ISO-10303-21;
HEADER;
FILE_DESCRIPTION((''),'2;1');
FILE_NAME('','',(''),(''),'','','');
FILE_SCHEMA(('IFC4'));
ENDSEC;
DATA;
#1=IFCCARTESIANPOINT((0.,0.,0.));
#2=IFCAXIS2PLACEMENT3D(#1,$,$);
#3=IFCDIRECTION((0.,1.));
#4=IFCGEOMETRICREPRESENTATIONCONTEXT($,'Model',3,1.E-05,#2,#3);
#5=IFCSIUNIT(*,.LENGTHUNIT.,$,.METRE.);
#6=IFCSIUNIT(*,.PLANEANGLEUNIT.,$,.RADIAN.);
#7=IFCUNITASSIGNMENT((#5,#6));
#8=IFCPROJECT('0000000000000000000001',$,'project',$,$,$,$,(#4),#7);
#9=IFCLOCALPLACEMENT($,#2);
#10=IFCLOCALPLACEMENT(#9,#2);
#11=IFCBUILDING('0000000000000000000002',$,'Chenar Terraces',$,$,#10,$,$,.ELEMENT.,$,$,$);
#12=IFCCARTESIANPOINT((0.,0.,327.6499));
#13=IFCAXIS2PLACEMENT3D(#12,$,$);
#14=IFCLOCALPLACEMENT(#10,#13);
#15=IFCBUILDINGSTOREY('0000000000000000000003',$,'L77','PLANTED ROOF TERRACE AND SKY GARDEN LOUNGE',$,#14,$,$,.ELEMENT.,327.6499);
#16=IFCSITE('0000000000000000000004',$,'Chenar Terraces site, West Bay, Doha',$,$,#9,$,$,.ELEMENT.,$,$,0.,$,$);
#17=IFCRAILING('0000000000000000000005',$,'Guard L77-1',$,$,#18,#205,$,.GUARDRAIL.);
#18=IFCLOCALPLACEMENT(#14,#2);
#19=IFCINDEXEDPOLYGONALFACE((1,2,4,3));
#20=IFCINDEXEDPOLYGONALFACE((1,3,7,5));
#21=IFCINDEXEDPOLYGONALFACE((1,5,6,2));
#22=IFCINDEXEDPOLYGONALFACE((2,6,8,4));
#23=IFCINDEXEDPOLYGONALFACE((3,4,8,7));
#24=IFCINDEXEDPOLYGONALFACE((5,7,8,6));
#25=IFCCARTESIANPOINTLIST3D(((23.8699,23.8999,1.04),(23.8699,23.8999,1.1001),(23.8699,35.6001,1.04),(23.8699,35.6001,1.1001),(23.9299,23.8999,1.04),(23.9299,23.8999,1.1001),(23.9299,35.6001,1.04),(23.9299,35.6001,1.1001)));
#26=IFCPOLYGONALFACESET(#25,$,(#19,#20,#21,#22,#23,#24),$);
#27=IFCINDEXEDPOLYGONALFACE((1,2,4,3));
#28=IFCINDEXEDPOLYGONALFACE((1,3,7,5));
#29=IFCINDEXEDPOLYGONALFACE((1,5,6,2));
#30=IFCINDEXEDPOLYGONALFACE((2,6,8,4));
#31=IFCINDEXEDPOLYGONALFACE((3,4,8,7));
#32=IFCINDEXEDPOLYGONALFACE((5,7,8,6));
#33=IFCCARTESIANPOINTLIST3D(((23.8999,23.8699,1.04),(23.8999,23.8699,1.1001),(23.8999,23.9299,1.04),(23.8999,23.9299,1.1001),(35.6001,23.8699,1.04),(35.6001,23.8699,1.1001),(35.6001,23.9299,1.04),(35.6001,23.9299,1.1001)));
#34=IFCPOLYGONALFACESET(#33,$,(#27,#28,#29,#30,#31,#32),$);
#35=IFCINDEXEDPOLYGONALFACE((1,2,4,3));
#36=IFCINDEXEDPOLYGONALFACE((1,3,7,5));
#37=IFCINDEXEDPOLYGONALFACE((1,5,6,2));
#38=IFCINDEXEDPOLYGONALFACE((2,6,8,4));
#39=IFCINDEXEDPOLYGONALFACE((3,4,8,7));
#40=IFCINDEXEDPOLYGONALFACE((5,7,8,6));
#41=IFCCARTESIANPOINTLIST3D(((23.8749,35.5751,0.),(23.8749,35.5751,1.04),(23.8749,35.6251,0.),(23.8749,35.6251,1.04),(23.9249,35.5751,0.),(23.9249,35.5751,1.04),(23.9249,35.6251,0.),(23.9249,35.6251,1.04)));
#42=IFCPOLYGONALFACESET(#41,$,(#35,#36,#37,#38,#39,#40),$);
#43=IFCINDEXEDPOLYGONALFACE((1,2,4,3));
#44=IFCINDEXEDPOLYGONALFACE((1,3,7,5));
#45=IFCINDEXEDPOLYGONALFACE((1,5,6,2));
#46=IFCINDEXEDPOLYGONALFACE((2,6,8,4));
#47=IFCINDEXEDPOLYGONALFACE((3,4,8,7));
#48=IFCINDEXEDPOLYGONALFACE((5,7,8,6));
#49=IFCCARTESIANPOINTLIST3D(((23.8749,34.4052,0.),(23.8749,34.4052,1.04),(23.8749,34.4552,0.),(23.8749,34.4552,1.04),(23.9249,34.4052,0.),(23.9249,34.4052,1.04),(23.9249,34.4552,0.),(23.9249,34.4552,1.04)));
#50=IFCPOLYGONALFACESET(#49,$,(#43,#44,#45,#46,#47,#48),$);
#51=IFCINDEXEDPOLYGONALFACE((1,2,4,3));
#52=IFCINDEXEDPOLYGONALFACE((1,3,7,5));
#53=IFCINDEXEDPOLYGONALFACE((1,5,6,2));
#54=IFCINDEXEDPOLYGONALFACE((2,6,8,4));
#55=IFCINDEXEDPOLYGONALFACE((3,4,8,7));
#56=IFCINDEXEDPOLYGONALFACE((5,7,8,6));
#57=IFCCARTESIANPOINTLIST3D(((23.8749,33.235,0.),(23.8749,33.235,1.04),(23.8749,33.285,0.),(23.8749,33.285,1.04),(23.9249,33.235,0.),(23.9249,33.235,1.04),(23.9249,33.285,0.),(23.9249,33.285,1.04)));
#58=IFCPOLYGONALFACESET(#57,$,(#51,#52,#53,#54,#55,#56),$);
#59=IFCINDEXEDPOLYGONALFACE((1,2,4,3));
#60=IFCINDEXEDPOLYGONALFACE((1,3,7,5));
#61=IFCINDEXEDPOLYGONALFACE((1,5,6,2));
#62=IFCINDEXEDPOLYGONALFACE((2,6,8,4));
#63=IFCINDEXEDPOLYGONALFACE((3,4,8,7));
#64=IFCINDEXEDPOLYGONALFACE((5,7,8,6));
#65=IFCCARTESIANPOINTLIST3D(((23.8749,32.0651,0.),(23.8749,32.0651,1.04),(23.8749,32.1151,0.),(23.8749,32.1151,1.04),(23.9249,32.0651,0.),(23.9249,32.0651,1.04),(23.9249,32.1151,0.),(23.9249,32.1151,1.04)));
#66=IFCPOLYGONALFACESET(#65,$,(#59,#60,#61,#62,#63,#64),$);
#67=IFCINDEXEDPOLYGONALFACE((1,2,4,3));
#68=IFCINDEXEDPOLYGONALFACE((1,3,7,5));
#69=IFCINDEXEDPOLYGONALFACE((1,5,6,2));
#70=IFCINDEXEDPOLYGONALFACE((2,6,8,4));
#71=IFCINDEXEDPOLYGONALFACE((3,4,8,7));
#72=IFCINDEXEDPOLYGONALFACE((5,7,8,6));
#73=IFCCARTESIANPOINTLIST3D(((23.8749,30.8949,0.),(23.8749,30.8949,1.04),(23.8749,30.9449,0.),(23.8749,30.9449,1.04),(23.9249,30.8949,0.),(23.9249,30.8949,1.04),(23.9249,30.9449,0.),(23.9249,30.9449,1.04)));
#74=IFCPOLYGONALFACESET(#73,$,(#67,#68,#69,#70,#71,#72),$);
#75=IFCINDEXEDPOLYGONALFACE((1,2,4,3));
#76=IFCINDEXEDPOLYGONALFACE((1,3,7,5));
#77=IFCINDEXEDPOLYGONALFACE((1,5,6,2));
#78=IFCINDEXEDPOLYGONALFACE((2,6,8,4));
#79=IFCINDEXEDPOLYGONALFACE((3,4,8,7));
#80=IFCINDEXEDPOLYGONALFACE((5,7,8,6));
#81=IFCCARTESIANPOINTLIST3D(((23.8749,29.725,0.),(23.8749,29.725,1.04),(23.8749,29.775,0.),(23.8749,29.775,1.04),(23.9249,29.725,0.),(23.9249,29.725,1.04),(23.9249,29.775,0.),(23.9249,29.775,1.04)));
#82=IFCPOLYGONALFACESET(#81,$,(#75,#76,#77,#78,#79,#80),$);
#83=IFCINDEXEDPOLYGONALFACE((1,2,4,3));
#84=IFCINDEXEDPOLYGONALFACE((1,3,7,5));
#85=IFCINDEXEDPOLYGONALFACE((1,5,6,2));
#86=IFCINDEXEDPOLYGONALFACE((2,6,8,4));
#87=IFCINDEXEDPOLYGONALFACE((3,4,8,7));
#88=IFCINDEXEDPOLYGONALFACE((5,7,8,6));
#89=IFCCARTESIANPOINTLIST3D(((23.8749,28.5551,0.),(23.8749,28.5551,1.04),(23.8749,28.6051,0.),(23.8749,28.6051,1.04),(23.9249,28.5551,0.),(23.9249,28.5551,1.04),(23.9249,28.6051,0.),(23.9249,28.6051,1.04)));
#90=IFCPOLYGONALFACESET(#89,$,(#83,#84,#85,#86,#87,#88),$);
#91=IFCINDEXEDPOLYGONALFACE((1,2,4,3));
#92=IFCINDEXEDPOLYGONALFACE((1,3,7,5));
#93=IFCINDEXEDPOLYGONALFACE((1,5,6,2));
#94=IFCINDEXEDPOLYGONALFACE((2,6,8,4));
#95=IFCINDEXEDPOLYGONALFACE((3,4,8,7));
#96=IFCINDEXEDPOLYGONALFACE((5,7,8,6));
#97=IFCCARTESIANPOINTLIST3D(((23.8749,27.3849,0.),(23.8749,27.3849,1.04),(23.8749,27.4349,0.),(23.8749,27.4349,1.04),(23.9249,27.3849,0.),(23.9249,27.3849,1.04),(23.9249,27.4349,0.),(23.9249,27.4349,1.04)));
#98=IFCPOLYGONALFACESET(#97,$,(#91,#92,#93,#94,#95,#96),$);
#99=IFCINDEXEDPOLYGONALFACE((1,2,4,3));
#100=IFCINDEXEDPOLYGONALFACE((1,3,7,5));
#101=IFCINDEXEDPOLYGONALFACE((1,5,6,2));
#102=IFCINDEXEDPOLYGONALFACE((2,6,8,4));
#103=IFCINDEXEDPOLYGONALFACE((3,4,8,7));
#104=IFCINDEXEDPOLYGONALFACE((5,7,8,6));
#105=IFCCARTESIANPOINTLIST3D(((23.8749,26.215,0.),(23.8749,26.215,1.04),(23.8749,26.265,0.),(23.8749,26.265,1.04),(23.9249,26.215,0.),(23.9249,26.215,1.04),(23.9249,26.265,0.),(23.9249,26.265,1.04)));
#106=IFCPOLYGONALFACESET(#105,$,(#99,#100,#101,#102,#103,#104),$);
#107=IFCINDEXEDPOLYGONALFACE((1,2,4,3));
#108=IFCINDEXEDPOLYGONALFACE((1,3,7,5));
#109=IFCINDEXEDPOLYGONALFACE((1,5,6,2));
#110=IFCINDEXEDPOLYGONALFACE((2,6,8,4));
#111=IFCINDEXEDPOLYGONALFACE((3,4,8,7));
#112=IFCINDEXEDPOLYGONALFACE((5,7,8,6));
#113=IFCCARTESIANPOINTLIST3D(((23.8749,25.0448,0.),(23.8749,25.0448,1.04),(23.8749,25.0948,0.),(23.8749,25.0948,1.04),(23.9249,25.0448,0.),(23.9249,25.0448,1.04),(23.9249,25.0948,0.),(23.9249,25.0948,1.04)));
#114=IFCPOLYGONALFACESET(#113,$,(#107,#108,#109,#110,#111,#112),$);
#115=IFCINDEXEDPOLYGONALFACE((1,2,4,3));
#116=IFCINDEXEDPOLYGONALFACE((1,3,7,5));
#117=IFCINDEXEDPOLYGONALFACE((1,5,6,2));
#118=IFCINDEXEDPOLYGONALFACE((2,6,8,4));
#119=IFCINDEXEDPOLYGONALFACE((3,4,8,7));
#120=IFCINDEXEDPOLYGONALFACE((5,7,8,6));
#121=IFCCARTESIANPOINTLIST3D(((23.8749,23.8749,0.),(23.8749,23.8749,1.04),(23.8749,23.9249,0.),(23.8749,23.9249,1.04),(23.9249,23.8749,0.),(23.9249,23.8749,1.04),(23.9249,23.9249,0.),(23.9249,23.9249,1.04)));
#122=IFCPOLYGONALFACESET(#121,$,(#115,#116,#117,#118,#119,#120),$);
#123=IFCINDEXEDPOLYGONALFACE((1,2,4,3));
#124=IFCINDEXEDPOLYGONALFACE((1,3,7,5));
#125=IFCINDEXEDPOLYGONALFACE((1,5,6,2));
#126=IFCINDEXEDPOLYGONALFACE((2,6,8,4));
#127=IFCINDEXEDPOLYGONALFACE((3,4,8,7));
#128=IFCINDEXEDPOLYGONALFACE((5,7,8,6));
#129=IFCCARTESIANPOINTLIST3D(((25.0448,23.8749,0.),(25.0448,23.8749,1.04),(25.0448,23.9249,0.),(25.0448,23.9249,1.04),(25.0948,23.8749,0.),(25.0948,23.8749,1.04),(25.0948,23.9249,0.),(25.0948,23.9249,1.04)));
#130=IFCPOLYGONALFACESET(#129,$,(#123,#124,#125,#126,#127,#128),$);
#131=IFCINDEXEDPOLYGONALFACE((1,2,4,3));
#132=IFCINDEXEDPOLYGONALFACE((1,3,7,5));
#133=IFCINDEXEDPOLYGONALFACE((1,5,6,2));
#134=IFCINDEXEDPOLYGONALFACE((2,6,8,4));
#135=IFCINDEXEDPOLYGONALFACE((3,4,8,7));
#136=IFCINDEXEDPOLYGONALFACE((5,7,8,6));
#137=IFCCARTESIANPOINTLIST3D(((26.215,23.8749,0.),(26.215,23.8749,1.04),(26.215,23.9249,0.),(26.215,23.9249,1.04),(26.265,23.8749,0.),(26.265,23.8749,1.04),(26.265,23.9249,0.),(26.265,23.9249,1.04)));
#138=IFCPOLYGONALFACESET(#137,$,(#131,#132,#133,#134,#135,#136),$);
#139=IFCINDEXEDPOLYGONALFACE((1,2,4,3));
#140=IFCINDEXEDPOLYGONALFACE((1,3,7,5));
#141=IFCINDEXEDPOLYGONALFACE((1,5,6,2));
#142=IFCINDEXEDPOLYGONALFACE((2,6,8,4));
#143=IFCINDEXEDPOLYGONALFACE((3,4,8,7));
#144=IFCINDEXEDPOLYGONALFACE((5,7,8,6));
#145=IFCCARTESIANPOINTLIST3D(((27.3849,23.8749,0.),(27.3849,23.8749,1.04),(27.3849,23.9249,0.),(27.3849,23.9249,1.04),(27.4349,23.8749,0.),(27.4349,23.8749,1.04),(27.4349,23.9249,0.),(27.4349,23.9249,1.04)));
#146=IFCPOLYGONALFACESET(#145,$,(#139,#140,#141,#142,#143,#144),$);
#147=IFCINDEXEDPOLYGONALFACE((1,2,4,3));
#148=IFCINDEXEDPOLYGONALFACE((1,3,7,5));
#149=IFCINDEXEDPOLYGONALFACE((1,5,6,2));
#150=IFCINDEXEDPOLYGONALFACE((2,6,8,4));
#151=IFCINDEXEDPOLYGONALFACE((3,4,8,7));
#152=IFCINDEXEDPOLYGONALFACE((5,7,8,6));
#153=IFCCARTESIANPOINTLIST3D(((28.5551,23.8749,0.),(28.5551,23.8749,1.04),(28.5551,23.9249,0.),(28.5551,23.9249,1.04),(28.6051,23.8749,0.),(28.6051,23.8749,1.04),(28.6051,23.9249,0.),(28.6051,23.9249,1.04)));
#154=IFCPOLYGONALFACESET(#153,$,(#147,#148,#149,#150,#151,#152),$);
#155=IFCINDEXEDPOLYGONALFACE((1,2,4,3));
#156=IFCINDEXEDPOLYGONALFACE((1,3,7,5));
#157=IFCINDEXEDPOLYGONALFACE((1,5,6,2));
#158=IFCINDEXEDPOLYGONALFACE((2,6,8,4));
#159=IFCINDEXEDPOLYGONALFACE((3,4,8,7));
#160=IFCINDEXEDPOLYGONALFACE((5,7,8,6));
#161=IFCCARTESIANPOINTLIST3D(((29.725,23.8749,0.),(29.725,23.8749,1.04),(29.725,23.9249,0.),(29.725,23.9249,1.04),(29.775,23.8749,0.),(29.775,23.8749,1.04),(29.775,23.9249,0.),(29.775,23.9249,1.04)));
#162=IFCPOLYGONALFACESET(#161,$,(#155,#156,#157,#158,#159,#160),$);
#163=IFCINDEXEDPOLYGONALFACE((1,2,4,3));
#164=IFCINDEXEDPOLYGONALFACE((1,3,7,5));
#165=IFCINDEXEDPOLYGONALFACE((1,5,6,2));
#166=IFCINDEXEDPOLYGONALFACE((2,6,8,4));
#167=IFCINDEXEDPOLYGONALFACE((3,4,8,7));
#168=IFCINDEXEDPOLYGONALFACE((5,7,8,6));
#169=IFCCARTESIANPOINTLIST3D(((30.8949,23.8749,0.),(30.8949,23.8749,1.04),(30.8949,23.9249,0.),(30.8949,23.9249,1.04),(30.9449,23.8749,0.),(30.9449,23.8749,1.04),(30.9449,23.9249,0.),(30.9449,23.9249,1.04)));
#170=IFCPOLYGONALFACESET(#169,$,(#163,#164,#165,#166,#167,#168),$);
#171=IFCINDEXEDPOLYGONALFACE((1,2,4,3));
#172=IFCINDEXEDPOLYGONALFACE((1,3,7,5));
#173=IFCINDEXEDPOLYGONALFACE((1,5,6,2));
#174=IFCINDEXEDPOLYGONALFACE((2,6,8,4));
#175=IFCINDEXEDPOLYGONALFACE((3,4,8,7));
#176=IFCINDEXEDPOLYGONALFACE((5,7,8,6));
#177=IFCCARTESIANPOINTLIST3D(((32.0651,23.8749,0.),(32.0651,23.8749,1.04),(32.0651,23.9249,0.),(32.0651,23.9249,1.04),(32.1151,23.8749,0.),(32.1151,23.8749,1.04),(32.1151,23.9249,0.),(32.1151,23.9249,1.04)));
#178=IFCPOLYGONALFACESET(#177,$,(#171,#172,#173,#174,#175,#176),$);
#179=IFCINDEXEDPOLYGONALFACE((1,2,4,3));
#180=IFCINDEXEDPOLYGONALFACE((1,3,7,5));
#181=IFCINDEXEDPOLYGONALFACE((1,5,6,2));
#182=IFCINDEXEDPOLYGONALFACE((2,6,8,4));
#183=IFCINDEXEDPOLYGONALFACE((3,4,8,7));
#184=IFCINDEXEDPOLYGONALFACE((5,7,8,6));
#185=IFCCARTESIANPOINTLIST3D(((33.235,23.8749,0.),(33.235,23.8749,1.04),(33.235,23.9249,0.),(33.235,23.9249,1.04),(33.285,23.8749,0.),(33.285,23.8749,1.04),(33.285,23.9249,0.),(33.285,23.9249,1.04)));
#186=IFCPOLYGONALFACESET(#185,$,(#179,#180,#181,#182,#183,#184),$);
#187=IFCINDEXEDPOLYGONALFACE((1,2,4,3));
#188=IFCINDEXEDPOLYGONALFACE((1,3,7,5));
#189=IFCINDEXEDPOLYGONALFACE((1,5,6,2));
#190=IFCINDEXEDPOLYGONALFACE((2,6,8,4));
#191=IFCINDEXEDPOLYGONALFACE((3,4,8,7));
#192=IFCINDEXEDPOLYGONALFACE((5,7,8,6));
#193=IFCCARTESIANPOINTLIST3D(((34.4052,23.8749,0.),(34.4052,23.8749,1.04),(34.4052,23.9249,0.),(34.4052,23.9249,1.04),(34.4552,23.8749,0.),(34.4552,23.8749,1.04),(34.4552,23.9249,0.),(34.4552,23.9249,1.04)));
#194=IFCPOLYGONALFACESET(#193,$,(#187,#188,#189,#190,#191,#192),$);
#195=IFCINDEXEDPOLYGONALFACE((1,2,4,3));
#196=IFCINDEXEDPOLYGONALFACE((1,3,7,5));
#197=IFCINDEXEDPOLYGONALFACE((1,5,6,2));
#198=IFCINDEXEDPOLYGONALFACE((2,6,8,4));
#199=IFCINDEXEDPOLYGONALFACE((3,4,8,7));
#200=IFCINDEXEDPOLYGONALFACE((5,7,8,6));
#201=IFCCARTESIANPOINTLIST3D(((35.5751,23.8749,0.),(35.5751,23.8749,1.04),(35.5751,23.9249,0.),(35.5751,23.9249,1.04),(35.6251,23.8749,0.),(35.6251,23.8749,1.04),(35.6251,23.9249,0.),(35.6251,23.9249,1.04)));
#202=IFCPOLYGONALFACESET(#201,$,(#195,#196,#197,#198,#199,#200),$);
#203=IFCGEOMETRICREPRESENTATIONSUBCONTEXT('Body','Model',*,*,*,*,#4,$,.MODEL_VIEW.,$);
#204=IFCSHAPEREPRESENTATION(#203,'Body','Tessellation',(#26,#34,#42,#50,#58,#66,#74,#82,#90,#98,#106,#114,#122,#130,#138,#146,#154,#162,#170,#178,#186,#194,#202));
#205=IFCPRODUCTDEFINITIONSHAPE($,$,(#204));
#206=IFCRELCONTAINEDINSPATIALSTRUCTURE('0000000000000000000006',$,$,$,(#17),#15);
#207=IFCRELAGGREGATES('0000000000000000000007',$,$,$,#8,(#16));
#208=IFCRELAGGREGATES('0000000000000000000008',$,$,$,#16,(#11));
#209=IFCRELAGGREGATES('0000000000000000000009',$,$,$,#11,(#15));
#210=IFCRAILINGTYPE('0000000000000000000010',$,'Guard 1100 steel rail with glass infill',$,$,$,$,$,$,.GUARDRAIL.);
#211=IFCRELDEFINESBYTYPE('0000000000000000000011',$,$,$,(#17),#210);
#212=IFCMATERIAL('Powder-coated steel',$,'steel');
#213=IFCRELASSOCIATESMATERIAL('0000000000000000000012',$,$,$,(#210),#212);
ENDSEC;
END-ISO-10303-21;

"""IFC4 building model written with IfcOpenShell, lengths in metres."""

from ifc_helpers import new_model, si_unit, direction, frame, origin, origin_2d, place, context, subcontext, project, spatial, rectangle, extrude, material, type_object, element, save


model = new_model("IFC4")

# Units and contexts
model_context = context("Model", 3, precision=1e-05, world=origin(), true_north=direction((0.0, 1.0)))
body_context = subcontext(model_context, "Body", "Model", "MODEL_VIEW")
ifc_project = project(units=[si_unit("LENGTHUNIT", "METRE"), si_unit("PLANEANGLEUNIT", "RADIAN")], contexts=[model_context])

# Site, building, storey
site_placement = place(None, origin())
site = spatial("IfcSite", under=ifc_project, at=site_placement, Name="Chenar Terraces site, West Bay, Doha", CompositionType="ELEMENT", RefElevation=0.0)
building_placement = place(site_placement, origin())
building = spatial("IfcBuilding", under=site, at=building_placement, Name="Chenar Terraces", CompositionType="ELEMENT")
storey_placement = place(building_placement, frame((0.0, 0.0, 327.6499)))
storey = spatial("IfcBuildingStorey", under=building, at=storey_placement, Name="L77", Description="PLANTED ROOF TERRACE AND SKY GARDEN LOUNGE", CompositionType="ELEMENT", Elevation=327.6499)

# Railing
ifc_material_1 = material(Name="Powder-coated steel", Category="steel")
railing_type_1 = type_object("IfcRailingType", Name="Guard 1100 steel rail with glass infill", PredefinedType="GUARDRAIL", material=ifc_material_1)
railing_placement = place(storey_placement, frame((23.8999, 35.6001, 0.0)))
element("IfcRailing", 1, at=railing_placement, inside=storey, type_object=railing_type_1, Name="Guard L77-1", PredefinedType="GUARDRAIL", context=body_context, shape_type="SweptSolid", body=[
    extrude(rectangle(XDim=0.0601, YDim=0.0601, at=origin_2d()), frame((0.0, 0.0, 1.0701), z_axis=(0.0, -1.0, 0.0), x_axis=(1.0, 0.0, 0.0)), (0.0, 0.0, 1.0), 11.7002),
    extrude(rectangle(XDim=0.0601, YDim=0.0601, at=origin_2d()), frame((0.0, -11.7002, 1.0701), z_axis=(1.0, 0.0, 0.0), x_axis=(0.0, 1.0, 0.0)), (0.0, 0.0, 1.0), 11.7002),
    extrude(rectangle(XDim=0.05, YDim=0.05, at=origin_2d()), origin(), (0.0, 0.0, 1.0), 1.04),
    extrude(rectangle(XDim=0.05, YDim=0.05, at=origin_2d()), frame((0.0, -1.1699, 0.0)), (0.0, 0.0, 1.0), 1.04),
    extrude(rectangle(XDim=0.05, YDim=0.05, at=origin_2d()), frame((0.0, -2.3401, 0.0)), (0.0, 0.0, 1.0), 1.04),
    extrude(rectangle(XDim=0.05, YDim=0.05, at=origin_2d()), frame((0.0, -3.51, 0.0)), (0.0, 0.0, 1.0), 1.04),
    extrude(rectangle(XDim=0.05, YDim=0.05, at=origin_2d()), frame((0.0, -4.6802, 0.0)), (0.0, 0.0, 1.0), 1.04),
    extrude(rectangle(XDim=0.05, YDim=0.05, at=origin_2d()), frame((0.0, -5.8501, 0.0)), (0.0, 0.0, 1.0), 1.04),
    extrude(rectangle(XDim=0.05, YDim=0.05, at=origin_2d()), frame((0.0, -7.02, 0.0)), (0.0, 0.0, 1.0), 1.04),
    extrude(rectangle(XDim=0.05, YDim=0.05, at=origin_2d()), frame((0.0, -8.1902, 0.0)), (0.0, 0.0, 1.0), 1.04),
    extrude(rectangle(XDim=0.05, YDim=0.05, at=origin_2d()), frame((0.0, -9.3601, 0.0)), (0.0, 0.0, 1.0), 1.04),
    extrude(rectangle(XDim=0.05, YDim=0.05, at=origin_2d()), frame((0.0, -10.5303, 0.0)), (0.0, 0.0, 1.0), 1.04),
    extrude(rectangle(XDim=0.05, YDim=0.05, at=origin_2d()), frame((0.0, -11.7002, 0.0)), (0.0, 0.0, 1.0), 1.04),
    extrude(rectangle(XDim=0.05, YDim=0.05, at=origin_2d()), frame((1.1699, -11.7002, 0.0)), (0.0, 0.0, 1.0), 1.04),
    extrude(rectangle(XDim=0.05, YDim=0.05, at=origin_2d()), frame((2.3401, -11.7002, 0.0)), (0.0, 0.0, 1.0), 1.04),
    extrude(rectangle(XDim=0.05, YDim=0.05, at=origin_2d()), frame((3.51, -11.7002, 0.0)), (0.0, 0.0, 1.0), 1.04),
    extrude(rectangle(XDim=0.05, YDim=0.05, at=origin_2d()), frame((4.6802, -11.7002, 0.0)), (0.0, 0.0, 1.0), 1.04),
    extrude(rectangle(XDim=0.05, YDim=0.05, at=origin_2d()), frame((5.8501, -11.7002, 0.0)), (0.0, 0.0, 1.0), 1.04),
    extrude(rectangle(XDim=0.05, YDim=0.05, at=origin_2d()), frame((7.02, -11.7002, 0.0)), (0.0, 0.0, 1.0), 1.04),
    extrude(rectangle(XDim=0.05, YDim=0.05, at=origin_2d()), frame((8.1902, -11.7002, 0.0)), (0.0, 0.0, 1.0), 1.04),
    extrude(rectangle(XDim=0.05, YDim=0.05, at=origin_2d()), frame((9.3601, -11.7002, 0.0)), (0.0, 0.0, 1.0), 1.04),
    extrude(rectangle(XDim=0.05, YDim=0.05, at=origin_2d()), frame((10.5303, -11.7002, 0.0)), (0.0, 0.0, 1.0), 1.04),
    extrude(rectangle(XDim=0.05, YDim=0.05, at=origin_2d()), frame((11.7002, -11.7002, 0.0)), (0.0, 0.0, 1.0), 1.04),
])

save(model, "model.ifc")
